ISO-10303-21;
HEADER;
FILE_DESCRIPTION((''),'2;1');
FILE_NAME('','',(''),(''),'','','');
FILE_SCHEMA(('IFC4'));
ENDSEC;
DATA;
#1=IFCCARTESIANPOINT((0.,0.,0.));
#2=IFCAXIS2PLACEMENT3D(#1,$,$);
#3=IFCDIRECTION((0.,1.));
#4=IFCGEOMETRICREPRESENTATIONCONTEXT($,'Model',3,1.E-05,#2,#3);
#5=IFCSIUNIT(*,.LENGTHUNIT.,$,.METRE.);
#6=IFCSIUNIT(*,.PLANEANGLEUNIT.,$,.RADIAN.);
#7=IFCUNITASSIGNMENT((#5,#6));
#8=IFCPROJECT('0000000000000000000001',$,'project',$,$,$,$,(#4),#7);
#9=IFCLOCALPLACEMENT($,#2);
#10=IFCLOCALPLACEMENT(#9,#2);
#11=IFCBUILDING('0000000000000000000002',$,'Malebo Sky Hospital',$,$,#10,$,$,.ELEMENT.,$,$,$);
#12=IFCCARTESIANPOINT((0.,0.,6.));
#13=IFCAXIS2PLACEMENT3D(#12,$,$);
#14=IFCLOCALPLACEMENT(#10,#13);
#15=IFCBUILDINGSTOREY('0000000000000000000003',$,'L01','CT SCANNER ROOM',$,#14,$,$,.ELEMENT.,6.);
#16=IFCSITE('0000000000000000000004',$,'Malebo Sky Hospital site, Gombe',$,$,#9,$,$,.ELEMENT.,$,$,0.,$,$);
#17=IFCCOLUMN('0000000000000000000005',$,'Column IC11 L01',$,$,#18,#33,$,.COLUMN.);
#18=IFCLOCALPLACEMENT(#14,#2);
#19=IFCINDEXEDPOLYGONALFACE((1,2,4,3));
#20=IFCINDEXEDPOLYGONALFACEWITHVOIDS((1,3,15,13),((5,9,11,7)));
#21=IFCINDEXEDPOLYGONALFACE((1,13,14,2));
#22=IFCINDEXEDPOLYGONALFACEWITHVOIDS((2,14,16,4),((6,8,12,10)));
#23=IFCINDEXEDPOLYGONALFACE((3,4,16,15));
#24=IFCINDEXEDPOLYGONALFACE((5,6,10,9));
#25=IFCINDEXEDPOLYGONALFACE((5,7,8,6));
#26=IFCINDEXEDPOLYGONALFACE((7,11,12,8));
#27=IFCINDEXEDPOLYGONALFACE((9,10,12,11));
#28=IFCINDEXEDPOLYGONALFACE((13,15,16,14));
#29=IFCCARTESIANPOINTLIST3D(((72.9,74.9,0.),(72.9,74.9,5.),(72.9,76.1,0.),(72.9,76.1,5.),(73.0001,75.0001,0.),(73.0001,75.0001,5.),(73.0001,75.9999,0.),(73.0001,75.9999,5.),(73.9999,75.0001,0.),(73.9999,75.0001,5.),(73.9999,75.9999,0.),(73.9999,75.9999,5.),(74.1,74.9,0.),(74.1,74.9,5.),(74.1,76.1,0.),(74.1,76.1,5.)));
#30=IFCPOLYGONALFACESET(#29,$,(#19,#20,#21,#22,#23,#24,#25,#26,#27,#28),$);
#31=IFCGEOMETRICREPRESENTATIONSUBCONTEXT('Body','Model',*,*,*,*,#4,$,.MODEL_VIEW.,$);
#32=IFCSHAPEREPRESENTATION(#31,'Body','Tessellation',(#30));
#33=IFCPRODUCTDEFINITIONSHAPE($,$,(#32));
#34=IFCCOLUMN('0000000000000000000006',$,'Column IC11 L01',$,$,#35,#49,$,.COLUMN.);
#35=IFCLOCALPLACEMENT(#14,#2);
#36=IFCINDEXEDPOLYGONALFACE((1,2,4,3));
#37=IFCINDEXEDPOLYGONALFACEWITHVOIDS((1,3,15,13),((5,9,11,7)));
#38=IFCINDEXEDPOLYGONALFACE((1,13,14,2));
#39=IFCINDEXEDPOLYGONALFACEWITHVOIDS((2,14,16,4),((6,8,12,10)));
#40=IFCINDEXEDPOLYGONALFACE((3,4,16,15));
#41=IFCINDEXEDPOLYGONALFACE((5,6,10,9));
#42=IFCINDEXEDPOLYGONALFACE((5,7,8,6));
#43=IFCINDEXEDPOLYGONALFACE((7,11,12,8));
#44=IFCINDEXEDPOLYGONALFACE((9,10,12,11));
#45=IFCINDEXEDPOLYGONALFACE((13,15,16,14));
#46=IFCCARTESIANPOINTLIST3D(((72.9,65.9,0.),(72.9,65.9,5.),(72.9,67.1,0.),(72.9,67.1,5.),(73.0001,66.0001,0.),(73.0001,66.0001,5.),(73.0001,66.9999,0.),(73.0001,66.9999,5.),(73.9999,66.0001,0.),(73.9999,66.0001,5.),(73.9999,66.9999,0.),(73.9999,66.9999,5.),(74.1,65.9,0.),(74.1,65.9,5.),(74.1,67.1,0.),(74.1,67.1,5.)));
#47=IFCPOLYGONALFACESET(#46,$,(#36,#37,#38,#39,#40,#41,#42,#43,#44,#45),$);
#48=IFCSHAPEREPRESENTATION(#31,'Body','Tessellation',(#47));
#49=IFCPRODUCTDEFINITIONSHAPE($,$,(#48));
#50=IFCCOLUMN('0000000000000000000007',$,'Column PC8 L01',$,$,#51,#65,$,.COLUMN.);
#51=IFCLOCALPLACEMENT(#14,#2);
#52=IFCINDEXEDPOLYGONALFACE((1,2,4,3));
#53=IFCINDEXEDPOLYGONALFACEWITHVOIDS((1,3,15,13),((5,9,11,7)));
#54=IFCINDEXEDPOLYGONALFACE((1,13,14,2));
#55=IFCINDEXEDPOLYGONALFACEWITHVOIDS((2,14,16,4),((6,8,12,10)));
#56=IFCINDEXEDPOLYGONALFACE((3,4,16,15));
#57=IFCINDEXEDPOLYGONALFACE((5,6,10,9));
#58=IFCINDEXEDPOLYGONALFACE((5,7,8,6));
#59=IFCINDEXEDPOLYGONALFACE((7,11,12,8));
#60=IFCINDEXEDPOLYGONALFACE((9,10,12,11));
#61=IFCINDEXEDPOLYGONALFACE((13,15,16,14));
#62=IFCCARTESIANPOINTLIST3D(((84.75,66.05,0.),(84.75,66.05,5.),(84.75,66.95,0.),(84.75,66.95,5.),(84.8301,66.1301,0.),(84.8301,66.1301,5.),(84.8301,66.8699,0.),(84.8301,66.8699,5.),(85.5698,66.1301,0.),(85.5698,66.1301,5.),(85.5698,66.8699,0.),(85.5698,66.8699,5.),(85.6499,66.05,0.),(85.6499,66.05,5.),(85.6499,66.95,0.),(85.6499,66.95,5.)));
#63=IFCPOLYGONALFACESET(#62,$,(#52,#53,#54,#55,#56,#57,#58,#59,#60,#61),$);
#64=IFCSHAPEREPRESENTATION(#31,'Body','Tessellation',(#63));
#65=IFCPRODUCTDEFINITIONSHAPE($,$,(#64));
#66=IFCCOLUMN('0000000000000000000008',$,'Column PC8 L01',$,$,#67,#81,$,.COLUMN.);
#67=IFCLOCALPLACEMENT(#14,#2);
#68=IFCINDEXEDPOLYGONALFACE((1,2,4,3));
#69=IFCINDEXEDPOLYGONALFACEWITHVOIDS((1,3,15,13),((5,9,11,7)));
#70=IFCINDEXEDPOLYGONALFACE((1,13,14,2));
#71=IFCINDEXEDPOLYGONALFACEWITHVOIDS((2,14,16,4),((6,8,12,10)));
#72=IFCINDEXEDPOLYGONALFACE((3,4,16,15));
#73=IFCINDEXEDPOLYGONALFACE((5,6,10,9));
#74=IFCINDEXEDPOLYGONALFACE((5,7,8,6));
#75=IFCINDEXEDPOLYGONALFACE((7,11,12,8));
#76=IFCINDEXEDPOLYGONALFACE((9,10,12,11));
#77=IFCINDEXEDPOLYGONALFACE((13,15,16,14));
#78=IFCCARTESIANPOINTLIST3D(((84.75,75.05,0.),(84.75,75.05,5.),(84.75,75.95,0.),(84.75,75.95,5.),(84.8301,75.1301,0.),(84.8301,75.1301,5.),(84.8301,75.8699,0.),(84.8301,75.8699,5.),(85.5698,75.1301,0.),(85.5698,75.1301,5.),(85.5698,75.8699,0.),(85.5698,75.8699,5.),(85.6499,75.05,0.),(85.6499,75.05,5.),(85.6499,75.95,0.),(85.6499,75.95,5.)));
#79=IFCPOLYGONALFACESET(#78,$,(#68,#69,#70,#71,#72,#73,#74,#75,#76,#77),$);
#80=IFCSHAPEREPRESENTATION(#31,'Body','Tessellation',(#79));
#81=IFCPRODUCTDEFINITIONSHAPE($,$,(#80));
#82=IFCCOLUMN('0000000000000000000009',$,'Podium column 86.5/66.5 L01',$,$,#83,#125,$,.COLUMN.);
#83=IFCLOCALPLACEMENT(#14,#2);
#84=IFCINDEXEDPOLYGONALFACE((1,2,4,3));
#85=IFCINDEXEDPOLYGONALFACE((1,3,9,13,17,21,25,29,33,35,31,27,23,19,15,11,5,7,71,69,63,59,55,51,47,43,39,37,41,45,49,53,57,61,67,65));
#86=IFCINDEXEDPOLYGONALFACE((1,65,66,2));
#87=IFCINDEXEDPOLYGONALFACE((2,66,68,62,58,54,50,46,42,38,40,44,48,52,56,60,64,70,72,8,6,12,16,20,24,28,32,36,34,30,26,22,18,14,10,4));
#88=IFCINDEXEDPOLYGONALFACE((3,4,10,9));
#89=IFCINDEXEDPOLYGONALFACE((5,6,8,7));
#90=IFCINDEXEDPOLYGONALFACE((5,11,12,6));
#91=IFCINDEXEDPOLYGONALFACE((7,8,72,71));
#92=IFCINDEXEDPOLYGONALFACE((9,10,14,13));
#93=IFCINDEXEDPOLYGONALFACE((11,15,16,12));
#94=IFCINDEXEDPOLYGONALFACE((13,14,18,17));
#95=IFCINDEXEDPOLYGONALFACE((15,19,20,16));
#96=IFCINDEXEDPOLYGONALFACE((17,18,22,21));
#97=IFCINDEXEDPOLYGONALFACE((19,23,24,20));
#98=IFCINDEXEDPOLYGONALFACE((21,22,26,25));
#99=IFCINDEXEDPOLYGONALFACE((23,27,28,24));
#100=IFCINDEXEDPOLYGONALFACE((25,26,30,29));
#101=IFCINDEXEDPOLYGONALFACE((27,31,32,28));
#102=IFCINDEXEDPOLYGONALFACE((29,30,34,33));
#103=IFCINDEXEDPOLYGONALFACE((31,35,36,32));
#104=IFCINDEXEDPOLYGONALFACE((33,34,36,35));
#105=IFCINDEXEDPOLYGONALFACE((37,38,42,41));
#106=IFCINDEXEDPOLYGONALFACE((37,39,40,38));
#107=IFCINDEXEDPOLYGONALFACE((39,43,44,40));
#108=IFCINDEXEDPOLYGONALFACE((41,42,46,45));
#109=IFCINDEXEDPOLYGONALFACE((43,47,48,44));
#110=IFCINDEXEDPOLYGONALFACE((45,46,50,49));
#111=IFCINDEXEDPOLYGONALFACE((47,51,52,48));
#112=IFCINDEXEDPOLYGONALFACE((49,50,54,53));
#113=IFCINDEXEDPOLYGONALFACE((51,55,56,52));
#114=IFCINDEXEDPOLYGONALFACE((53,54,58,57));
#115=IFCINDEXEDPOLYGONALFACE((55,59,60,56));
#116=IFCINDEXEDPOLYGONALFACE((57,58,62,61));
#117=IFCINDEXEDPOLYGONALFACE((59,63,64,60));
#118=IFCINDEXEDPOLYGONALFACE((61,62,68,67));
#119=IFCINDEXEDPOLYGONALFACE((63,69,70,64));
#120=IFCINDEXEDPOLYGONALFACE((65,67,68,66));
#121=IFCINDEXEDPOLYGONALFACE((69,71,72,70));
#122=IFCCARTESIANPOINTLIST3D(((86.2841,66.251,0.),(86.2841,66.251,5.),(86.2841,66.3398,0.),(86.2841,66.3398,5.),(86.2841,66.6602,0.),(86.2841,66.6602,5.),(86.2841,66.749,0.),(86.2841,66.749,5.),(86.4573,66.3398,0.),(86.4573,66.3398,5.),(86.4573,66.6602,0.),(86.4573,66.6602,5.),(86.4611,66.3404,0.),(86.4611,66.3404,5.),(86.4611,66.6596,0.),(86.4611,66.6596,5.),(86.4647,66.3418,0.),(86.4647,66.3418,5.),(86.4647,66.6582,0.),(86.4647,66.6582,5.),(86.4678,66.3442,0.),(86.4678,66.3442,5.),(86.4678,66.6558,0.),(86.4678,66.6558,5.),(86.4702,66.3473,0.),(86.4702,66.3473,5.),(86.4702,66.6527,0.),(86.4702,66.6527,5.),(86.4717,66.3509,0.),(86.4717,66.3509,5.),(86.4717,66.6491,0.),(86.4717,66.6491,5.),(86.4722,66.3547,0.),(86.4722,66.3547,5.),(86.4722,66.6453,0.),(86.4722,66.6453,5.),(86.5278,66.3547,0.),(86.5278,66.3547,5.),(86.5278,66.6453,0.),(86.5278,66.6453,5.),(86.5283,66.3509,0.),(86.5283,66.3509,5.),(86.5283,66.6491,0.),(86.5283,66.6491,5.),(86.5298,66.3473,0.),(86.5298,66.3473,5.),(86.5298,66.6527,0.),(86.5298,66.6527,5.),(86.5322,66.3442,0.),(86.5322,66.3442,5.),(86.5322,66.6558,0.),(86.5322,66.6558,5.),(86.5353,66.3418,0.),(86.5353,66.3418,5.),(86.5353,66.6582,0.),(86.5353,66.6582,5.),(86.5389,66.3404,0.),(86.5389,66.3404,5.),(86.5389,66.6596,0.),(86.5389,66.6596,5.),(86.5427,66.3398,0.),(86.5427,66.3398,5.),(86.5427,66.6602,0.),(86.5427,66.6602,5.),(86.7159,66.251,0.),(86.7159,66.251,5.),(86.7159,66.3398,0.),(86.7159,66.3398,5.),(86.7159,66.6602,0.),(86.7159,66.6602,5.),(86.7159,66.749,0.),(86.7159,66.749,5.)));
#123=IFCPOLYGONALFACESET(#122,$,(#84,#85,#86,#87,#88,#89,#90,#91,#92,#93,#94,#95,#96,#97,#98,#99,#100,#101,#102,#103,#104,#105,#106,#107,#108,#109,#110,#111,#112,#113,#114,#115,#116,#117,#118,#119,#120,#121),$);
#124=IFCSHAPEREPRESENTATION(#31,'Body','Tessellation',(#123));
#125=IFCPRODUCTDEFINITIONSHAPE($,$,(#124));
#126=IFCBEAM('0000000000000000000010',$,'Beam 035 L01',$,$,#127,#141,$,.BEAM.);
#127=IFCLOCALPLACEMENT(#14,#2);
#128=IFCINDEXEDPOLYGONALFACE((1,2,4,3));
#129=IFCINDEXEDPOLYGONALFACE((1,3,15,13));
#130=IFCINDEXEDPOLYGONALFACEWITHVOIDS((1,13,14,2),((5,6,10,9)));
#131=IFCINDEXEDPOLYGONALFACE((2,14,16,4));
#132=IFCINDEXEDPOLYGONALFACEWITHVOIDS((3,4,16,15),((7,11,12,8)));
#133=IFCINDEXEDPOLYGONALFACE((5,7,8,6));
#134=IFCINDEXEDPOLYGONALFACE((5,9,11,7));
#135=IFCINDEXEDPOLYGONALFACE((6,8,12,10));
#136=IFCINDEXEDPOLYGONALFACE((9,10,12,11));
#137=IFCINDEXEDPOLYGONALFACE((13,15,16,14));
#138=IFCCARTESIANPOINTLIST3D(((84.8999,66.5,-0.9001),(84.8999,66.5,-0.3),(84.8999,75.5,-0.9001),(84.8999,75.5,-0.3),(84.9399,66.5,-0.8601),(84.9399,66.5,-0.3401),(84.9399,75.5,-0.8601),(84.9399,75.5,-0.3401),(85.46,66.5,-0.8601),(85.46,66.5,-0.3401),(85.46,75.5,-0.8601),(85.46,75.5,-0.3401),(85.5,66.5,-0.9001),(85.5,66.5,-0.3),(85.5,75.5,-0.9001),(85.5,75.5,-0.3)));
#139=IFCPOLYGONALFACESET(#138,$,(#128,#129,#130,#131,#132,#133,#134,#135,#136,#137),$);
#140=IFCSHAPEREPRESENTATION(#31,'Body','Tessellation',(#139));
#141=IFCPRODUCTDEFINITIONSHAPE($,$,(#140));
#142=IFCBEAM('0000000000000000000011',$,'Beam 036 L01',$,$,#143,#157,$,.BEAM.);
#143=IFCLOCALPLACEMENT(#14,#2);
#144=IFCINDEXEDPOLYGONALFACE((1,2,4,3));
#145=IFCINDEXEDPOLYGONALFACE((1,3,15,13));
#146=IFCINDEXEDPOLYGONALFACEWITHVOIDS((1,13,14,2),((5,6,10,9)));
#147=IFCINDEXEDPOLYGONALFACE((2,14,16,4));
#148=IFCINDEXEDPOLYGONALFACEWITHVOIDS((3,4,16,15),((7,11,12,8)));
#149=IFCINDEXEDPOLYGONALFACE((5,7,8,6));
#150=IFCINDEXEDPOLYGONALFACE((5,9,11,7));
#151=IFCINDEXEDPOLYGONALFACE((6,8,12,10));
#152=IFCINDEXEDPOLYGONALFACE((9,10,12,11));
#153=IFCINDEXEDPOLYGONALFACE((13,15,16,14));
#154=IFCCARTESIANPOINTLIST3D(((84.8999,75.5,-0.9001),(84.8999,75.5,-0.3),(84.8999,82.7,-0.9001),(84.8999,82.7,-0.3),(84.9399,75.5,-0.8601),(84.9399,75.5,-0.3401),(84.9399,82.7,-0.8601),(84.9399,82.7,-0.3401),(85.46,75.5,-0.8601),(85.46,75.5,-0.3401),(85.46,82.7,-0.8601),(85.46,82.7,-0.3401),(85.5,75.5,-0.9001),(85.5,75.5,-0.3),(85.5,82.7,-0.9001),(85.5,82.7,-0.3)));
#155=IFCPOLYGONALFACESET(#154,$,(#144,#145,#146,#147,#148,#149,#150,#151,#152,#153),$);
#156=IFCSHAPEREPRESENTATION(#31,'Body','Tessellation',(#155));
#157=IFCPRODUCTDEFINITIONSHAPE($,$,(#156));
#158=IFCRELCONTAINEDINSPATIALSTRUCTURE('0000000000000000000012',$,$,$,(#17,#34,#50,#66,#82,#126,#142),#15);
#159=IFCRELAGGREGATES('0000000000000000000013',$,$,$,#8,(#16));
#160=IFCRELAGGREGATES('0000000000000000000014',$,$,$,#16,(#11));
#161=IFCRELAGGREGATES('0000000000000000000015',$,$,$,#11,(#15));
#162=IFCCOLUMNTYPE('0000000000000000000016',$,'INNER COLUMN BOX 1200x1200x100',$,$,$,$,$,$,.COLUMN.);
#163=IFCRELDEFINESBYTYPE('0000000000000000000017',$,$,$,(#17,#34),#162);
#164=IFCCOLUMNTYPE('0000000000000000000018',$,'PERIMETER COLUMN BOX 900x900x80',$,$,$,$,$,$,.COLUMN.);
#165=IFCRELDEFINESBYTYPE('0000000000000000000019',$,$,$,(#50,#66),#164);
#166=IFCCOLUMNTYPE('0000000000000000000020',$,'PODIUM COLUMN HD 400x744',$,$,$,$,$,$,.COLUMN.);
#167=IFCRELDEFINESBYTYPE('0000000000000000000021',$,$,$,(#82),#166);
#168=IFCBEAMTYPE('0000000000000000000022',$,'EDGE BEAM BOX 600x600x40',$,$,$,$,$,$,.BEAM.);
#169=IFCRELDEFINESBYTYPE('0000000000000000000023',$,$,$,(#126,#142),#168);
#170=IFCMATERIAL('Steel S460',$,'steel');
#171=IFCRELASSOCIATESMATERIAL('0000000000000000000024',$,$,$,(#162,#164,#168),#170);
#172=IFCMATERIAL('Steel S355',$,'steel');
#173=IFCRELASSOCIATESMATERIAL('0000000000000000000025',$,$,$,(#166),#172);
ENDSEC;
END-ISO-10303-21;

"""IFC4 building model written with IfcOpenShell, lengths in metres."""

from ifc_helpers import new_model, si_unit, direction, frame, origin, origin_2d, place, context, subcontext, project, spatial, hollow_rectangle, i_section, extrude, material, material_profile, profile_set, type_object, element, save


model = new_model("IFC4")

# Units and contexts
model_context = context("Model", 3, precision=1e-05, world=origin(), true_north=direction((0.0, 1.0)))
body_context = subcontext(model_context, "Body", "Model", "MODEL_VIEW")
ifc_project = project(units=[si_unit("LENGTHUNIT", "METRE"), si_unit("PLANEANGLEUNIT", "RADIAN")], contexts=[model_context])

# Site, building, storey
site_placement = place(None, origin())
site = spatial("IfcSite", under=ifc_project, at=site_placement, Name="Malebo Sky Hospital site, Gombe", CompositionType="ELEMENT", RefElevation=0.0)
building_placement = place(site_placement, origin())
building = spatial("IfcBuilding", under=site, at=building_placement, Name="Malebo Sky Hospital", CompositionType="ELEMENT")
storey_placement = place(building_placement, frame((0.0, 0.0, 6.0)))
storey = spatial("IfcBuildingStorey", under=building, at=storey_placement, Name="L01", Description="CT SCANNER ROOM", CompositionType="ELEMENT", Elevation=6.0)

# Columns
ifc_material_1 = material(Name="Steel S460", Category="steel")
ifc_material_profile_1 = material_profile(ifc_material_1, hollow_rectangle(XDim=1.2, YDim=1.2, WallThickness=0.1001, at=origin_2d()), Name="BOX 1200x1200x100")
ifc_profile_set_1 = profile_set([ifc_material_profile_1], Name="Steel S460")
column_type_1 = type_object("IfcColumnType", Name="INNER COLUMN BOX 1200x1200x100", PredefinedType="COLUMN", material=ifc_profile_set_1)
for number, where, z_axis, x_axis, name in (
    (1, (73.5, 75.5, 0.0), (0.0, 0.0, 1.0), (1.0, 0.0, 0.0), "Column IC11 L01"),
    (2, (73.5, 66.5, 0.0), (0.0, 0.0, 1.0), (1.0, 0.0, 0.0), "Column IC11 L01"),
):
    element("IfcColumn", number, at=place(storey_placement, frame(where, z_axis=z_axis, x_axis=x_axis)), inside=storey, type_object=column_type_1, Name=name, PredefinedType="COLUMN", context=body_context, shape_type="SweptSolid", body=[
        extrude(hollow_rectangle(XDim=1.2, YDim=1.2, WallThickness=0.1001, at=origin_2d()), origin(), (0.0, 0.0, 1.0), 5.0),
    ])
ifc_material_profile_2 = material_profile(ifc_material_1, hollow_rectangle(XDim=0.8999, YDim=0.8999, WallThickness=0.0801, at=origin_2d()), Name="BOX 900x900x80")
ifc_profile_set_2 = profile_set([ifc_material_profile_2], Name="Steel S460")
column_type_2 = type_object("IfcColumnType", Name="PERIMETER COLUMN BOX 900x900x80", PredefinedType="COLUMN", material=ifc_profile_set_2)
for number, where, z_axis, x_axis, name in (
    (3, (85.2, 66.5, 0.0), (0.0, 0.0, 1.0), (1.0, 0.0, 0.0), "Column PC8 L01"),
    (4, (85.2, 75.5, 0.0), (0.0, 0.0, 1.0), (1.0, 0.0, 0.0), "Column PC8 L01"),
):
    element("IfcColumn", number, at=place(storey_placement, frame(where, z_axis=z_axis, x_axis=x_axis)), inside=storey, type_object=column_type_2, Name=name, PredefinedType="COLUMN", context=body_context, shape_type="SweptSolid", body=[
        extrude(hollow_rectangle(XDim=0.8999, YDim=0.8999, WallThickness=0.0801, at=origin_2d()), origin(), (0.0, 0.0, 1.0), 5.0),
    ])
ifc_material_2 = material(Name="Steel S355", Category="steel")
ifc_material_profile_3 = material_profile(ifc_material_2, i_section(OverallWidth=0.4319, OverallDepth=0.498, WebThickness=0.0557, FlangeThickness=0.0889, FilletRadius=0.0149, at=origin_2d()), Name="HD 400x744")
ifc_profile_set_3 = profile_set([ifc_material_profile_3], Name="Steel S355")
column_type_3 = type_object("IfcColumnType", Name="PODIUM COLUMN HD 400x744", PredefinedType="COLUMN", material=ifc_profile_set_3)
column_placement = place(storey_placement, frame((86.5, 66.5, 0.0), z_axis=(0.0, 0.0, 1.0), x_axis=(1.0, 0.0, 0.0)))
element("IfcColumn", 5, at=column_placement, inside=storey, type_object=column_type_3, Name="Podium column 86.5/66.5 L01", PredefinedType="COLUMN", context=body_context, shape_type="SweptSolid", body=[
    extrude(i_section(OverallWidth=0.4319, OverallDepth=0.498, WebThickness=0.0557, FlangeThickness=0.0889, FilletRadius=0.0149, at=origin_2d()), origin(), (0.0, 0.0, 1.0), 5.0),
])

# Beams
ifc_material_profile_4 = material_profile(ifc_material_1, hollow_rectangle(XDim=0.6001, YDim=0.6001, WallThickness=0.04, at=origin_2d()), Name="BOX 600x600x40")
ifc_profile_set_4 = profile_set([ifc_material_profile_4], Name="Steel S460")
beam_type_1 = type_object("IfcBeamType", Name="EDGE BEAM BOX 600x600x40", PredefinedType="BEAM", material=ifc_profile_set_4)
beam_1_placement = place(storey_placement, frame((85.2, 66.5, -0.6001), z_axis=(0.0, 1.0, 0.0), x_axis=(-1.0, 0.0, 0.0)))
element("IfcBeam", 6, at=beam_1_placement, inside=storey, type_object=beam_type_1, Name="Beam 035 L01", PredefinedType="BEAM", context=body_context, shape_type="SweptSolid", body=[
    extrude(hollow_rectangle(XDim=0.6001, YDim=0.6001, WallThickness=0.04, at=origin_2d()), origin(), (0.0, 0.0, 1.0), 9.0),
])
beam_2_placement = place(storey_placement, frame((85.2, 75.5, -0.6001), z_axis=(0.0, 1.0, 0.0), x_axis=(-1.0, 0.0, 0.0)))
element("IfcBeam", 7, at=beam_2_placement, inside=storey, type_object=beam_type_1, Name="Beam 036 L01", PredefinedType="BEAM", context=body_context, shape_type="SweptSolid", body=[
    extrude(hollow_rectangle(XDim=0.6001, YDim=0.6001, WallThickness=0.04, at=origin_2d()), origin(), (0.0, 0.0, 1.0), 7.2),
])

save(model, "model.ifc")
